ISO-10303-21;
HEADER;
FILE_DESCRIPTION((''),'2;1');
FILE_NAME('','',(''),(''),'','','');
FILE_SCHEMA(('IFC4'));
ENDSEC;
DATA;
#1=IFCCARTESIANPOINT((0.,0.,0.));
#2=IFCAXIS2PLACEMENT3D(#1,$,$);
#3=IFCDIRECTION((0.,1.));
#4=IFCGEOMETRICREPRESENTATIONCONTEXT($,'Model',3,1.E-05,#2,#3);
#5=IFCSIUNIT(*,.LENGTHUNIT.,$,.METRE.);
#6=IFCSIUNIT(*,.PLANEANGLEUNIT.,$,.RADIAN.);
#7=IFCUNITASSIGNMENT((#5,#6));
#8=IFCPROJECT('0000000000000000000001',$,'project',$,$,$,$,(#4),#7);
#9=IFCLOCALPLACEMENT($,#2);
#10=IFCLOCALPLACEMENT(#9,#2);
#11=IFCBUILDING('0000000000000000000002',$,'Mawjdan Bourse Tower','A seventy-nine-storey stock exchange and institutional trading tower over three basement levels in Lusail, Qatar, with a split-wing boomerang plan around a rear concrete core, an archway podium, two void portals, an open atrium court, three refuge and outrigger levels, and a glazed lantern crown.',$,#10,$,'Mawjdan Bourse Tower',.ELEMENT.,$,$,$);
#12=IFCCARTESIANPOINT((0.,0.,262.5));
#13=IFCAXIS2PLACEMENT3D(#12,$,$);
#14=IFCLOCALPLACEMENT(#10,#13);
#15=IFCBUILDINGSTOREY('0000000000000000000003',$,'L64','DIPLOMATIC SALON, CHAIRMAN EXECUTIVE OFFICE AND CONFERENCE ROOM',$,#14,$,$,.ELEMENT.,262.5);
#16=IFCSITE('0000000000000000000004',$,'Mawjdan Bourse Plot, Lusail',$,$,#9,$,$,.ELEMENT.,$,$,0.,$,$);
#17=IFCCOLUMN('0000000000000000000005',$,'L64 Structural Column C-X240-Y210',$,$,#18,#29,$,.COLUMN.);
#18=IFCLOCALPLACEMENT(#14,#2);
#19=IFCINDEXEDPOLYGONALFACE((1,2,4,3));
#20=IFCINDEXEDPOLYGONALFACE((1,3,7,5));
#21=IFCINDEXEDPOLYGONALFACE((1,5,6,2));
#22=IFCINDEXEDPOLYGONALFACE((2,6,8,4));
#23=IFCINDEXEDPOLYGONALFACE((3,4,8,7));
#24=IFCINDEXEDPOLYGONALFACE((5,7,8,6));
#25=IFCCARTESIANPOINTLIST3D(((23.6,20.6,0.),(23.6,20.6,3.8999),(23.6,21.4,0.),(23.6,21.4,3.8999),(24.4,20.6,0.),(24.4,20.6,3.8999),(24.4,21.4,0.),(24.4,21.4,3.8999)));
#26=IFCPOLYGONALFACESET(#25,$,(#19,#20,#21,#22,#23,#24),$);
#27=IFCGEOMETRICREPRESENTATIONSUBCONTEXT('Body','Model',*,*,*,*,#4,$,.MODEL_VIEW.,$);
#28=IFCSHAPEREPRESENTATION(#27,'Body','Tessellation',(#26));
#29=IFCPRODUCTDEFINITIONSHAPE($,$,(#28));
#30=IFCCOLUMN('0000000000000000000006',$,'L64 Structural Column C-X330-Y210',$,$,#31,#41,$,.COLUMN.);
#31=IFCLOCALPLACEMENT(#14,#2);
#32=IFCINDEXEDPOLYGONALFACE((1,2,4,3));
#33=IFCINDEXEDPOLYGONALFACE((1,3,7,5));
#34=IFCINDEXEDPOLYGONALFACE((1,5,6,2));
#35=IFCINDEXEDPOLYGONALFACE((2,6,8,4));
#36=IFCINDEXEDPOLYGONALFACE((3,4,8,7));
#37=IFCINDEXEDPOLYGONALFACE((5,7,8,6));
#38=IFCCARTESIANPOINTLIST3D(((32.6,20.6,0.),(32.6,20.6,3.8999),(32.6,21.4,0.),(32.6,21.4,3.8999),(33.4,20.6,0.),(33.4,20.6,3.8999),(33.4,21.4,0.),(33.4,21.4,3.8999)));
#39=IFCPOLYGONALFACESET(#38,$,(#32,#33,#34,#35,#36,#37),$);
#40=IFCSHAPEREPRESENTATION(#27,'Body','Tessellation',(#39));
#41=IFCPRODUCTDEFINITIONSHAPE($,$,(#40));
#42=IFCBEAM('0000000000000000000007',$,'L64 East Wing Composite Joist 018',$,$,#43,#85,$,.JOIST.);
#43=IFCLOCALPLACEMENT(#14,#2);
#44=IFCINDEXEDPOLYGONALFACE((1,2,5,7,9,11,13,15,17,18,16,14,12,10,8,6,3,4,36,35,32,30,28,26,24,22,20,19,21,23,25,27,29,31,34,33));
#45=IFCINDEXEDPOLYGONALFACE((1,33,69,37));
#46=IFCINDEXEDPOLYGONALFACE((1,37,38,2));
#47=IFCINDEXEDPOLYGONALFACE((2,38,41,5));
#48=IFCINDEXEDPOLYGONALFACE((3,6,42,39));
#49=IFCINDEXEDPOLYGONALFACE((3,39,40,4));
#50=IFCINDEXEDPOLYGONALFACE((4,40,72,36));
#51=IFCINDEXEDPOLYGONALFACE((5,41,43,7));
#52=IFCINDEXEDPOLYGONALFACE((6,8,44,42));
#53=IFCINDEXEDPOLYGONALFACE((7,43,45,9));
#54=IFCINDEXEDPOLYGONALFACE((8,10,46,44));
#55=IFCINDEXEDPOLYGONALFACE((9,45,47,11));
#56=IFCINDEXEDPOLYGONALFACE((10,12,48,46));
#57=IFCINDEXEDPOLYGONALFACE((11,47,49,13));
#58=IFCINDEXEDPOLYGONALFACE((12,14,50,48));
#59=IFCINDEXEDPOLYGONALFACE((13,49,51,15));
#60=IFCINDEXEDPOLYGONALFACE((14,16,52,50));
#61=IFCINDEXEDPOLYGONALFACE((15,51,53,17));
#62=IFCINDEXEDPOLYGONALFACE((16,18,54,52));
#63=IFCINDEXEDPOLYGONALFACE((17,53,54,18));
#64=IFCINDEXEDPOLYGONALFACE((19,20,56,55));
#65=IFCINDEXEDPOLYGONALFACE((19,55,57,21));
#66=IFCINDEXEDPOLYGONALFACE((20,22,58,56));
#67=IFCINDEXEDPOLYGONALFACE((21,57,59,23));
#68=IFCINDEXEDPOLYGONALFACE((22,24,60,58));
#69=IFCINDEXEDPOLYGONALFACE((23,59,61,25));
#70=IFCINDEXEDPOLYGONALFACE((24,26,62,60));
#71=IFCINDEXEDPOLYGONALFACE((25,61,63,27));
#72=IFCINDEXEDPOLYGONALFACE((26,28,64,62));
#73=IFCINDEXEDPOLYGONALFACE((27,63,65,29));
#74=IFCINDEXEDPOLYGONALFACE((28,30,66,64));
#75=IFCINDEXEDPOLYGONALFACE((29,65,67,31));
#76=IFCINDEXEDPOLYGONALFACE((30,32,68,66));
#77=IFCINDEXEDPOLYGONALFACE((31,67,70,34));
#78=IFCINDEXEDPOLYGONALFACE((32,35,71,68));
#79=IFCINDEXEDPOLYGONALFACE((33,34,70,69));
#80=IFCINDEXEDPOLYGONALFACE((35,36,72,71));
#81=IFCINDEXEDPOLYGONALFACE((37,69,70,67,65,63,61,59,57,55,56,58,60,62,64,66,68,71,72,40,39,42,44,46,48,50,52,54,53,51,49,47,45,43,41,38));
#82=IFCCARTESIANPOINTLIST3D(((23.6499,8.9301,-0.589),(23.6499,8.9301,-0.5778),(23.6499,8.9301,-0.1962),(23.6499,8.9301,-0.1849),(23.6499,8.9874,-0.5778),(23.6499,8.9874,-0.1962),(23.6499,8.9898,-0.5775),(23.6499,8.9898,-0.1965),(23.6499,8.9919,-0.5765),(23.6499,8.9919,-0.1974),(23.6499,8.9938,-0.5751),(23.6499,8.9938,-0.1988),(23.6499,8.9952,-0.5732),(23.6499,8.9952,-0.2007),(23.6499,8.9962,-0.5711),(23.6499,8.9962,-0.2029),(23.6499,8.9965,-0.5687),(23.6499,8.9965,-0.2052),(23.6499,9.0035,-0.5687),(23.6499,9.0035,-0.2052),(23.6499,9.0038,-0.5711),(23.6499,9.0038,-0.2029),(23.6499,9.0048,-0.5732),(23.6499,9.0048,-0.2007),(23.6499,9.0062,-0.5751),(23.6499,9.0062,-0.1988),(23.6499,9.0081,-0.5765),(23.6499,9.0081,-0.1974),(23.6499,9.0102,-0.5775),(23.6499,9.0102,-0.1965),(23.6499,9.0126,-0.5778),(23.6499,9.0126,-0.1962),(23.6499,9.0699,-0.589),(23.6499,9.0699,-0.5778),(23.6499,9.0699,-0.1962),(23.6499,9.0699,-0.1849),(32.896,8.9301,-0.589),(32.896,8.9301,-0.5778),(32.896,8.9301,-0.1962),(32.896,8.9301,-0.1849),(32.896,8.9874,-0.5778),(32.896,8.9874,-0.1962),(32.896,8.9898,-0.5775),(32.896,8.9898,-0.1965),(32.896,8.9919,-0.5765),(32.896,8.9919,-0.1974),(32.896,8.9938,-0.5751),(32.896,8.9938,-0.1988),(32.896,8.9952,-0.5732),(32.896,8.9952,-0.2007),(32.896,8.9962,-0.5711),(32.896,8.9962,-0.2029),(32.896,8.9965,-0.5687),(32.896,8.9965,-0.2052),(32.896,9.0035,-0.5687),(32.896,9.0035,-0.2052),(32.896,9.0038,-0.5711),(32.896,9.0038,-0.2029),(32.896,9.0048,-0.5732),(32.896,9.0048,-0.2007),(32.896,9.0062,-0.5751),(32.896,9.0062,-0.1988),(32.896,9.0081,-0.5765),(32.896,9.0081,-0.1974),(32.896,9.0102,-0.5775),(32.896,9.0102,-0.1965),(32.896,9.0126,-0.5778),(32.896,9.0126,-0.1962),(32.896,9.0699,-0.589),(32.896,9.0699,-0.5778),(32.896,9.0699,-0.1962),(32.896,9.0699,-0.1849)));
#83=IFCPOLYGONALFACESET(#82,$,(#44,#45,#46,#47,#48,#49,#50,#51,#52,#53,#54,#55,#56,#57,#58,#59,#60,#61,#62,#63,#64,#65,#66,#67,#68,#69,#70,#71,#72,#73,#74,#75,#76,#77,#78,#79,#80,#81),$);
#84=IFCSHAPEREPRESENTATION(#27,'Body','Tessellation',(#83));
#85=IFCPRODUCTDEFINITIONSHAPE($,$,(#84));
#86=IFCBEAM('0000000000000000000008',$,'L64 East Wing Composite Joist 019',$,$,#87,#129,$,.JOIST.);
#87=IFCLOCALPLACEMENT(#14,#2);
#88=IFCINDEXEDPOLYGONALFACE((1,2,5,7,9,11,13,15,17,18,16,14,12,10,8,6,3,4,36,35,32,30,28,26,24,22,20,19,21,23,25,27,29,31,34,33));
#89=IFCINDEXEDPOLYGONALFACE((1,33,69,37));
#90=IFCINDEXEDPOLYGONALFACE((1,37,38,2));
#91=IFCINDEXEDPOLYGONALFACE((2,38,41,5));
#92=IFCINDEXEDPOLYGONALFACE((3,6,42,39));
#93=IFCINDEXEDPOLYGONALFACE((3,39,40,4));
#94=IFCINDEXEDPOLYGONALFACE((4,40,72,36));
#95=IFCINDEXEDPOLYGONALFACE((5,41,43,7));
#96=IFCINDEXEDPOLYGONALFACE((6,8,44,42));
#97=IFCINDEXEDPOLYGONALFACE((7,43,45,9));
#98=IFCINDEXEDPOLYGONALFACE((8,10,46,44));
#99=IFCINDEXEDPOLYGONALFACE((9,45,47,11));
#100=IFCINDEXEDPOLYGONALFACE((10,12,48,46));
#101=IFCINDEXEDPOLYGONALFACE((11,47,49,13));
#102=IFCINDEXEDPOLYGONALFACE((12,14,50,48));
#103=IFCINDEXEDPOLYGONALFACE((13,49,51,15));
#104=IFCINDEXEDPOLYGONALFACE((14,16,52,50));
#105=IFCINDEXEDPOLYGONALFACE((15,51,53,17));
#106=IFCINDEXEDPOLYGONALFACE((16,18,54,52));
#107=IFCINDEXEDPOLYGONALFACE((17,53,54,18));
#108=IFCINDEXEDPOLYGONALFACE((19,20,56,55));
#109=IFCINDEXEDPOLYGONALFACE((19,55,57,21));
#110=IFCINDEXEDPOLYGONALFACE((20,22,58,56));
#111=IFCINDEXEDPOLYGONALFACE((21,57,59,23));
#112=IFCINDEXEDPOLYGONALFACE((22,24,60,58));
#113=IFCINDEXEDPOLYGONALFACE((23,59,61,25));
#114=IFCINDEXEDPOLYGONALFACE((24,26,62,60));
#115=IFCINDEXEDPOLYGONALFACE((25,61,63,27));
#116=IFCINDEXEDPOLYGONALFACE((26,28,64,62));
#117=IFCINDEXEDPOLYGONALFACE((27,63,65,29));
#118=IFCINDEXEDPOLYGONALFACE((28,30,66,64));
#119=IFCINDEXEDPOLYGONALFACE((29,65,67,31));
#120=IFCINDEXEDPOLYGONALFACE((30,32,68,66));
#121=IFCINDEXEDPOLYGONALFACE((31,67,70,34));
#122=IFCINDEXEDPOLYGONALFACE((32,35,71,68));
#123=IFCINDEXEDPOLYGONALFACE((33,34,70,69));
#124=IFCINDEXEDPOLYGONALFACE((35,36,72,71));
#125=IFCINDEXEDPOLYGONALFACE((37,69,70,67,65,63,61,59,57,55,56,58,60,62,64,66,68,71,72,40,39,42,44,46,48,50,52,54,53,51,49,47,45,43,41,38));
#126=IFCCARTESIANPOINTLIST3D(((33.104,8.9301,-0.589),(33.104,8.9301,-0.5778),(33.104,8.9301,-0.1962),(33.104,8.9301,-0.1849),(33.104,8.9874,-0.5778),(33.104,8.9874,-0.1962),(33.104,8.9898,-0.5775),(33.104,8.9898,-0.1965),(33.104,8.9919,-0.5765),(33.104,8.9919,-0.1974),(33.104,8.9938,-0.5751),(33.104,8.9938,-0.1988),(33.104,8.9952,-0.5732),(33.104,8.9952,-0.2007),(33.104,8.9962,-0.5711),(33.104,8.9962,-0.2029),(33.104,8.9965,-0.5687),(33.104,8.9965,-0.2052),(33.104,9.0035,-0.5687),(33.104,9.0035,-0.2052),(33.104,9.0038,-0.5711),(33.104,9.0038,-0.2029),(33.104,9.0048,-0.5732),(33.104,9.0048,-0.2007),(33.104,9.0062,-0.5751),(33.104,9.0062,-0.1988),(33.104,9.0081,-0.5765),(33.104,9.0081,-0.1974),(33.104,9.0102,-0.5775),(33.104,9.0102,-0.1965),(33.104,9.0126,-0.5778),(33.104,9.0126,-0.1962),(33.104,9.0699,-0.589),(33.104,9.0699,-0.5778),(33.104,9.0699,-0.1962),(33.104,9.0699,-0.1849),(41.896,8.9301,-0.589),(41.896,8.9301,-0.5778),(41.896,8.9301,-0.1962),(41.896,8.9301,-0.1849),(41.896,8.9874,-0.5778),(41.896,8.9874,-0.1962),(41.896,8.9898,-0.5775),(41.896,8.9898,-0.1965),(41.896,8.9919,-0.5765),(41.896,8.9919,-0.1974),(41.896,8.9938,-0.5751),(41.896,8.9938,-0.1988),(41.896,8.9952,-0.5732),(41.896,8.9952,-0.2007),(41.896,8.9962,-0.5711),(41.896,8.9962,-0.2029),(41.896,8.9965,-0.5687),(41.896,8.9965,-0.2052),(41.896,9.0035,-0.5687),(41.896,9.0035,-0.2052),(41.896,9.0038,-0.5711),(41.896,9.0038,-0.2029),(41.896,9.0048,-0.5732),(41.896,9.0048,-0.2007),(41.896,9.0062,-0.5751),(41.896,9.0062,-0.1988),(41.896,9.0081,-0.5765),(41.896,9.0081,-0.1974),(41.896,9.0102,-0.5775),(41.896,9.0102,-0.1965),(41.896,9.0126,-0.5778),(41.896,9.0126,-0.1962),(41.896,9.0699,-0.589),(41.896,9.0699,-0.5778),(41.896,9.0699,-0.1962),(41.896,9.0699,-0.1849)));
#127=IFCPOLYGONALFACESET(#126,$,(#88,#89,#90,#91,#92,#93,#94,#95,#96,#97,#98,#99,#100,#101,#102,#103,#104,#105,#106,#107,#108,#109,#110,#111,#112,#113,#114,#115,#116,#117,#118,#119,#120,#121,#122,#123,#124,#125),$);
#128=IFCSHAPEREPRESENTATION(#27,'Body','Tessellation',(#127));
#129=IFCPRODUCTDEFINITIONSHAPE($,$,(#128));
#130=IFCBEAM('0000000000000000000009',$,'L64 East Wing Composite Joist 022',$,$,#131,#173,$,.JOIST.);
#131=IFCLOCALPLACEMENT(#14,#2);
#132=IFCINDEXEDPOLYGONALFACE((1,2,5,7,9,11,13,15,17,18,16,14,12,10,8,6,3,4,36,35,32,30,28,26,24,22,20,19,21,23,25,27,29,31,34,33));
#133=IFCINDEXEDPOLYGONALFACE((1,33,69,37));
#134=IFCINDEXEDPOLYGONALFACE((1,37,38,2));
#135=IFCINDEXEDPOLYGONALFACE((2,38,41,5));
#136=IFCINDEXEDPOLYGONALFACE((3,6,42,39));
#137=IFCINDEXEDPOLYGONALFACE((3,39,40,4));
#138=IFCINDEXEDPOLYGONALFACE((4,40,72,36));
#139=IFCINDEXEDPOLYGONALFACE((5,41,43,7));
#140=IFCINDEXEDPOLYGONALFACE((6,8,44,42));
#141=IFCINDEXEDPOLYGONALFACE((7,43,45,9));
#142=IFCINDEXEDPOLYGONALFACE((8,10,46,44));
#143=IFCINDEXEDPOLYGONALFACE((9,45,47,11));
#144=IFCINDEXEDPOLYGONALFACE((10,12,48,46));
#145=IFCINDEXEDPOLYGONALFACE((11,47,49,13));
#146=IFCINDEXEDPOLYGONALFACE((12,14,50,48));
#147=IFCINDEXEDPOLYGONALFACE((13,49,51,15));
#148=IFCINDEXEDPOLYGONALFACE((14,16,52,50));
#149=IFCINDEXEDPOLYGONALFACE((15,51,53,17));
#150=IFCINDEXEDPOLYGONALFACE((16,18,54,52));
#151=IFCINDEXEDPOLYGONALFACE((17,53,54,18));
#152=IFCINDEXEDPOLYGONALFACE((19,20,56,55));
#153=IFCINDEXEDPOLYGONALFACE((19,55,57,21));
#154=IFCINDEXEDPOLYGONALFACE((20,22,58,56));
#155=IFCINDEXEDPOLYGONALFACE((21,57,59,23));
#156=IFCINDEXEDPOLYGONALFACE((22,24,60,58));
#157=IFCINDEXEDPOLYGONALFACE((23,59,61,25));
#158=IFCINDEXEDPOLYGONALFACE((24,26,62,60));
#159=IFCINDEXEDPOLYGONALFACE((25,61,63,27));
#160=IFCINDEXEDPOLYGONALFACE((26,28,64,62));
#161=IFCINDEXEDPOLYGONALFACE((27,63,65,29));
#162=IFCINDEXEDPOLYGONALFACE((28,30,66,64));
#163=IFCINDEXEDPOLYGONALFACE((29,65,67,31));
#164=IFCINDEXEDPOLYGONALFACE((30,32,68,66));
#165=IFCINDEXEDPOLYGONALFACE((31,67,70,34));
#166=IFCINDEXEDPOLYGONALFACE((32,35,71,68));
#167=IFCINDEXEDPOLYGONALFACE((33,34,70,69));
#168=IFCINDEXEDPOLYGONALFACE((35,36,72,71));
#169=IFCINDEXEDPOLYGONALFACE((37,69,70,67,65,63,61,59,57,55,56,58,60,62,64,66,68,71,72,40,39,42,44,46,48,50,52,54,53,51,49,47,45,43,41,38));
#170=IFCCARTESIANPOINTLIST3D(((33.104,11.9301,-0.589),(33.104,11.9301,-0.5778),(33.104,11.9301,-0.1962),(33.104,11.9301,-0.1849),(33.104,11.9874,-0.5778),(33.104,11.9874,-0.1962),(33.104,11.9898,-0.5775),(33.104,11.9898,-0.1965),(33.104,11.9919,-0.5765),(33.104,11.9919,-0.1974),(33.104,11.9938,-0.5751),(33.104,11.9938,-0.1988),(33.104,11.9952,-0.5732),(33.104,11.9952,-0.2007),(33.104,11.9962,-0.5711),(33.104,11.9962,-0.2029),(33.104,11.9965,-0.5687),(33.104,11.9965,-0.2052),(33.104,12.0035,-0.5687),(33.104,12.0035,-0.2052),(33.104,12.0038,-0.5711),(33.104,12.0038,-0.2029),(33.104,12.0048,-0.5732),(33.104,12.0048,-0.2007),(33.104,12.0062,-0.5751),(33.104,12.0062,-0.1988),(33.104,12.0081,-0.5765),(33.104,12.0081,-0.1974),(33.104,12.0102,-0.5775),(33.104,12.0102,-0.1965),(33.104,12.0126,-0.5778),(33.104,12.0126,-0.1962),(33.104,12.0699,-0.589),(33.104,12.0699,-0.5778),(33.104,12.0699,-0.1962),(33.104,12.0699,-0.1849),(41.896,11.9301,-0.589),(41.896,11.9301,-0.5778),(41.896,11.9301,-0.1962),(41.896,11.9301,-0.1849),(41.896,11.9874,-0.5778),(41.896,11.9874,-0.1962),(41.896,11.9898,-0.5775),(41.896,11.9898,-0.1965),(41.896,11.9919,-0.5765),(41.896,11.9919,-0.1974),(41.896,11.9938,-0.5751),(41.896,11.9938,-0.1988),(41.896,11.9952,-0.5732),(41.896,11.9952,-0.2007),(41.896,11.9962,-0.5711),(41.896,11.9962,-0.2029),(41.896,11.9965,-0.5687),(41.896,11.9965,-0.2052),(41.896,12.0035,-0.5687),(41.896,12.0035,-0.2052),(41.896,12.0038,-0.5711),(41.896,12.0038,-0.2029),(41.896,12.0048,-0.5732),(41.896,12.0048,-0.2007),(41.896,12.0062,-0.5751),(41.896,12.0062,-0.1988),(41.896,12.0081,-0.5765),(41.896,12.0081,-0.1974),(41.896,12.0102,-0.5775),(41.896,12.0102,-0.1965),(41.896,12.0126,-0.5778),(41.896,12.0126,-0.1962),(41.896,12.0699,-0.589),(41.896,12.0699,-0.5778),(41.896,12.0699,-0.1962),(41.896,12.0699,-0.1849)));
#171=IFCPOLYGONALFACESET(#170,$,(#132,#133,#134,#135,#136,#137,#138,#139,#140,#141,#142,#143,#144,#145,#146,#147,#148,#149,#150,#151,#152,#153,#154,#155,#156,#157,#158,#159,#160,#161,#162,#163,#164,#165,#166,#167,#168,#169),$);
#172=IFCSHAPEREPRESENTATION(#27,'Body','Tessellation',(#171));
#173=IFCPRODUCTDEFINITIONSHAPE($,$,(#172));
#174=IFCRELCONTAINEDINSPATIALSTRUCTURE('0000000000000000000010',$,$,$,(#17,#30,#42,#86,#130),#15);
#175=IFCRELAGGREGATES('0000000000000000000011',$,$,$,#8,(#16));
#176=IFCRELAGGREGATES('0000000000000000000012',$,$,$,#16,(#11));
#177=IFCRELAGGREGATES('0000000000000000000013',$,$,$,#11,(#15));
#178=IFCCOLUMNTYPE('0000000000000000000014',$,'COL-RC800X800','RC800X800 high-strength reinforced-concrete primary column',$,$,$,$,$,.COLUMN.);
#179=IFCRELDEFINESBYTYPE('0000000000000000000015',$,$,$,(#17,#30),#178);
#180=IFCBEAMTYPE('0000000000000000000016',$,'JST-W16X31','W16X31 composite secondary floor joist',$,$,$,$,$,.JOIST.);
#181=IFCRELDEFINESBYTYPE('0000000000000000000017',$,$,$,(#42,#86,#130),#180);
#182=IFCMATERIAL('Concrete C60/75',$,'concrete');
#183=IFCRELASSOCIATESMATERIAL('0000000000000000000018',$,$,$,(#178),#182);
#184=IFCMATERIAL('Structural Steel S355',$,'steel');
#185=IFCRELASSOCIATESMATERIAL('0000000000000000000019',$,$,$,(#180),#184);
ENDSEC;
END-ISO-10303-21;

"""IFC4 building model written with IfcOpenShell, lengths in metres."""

from ifc_helpers import new_model, si_unit, direction, frame, origin, origin_2d, place, context, subcontext, project, spatial, rectangle, i_section, extrude, material, material_profile, profile_set, type_object, element, save


model = new_model("IFC4")

# Units and contexts
model_context = context("Model", 3, precision=1e-05, world=origin(), true_north=direction((0.0, 1.0)))
body_context = subcontext(model_context, "Body", "Model", "MODEL_VIEW")
ifc_project = project(units=[si_unit("LENGTHUNIT", "METRE"), si_unit("PLANEANGLEUNIT", "RADIAN")], contexts=[model_context])

# Site, building, storey
site_placement = place(None, origin())
site = spatial("IfcSite", under=ifc_project, at=site_placement, Name="Mawjdan Bourse Plot, Lusail", CompositionType="ELEMENT", RefElevation=0.0)
building_placement = place(site_placement, origin())
building = spatial("IfcBuilding", under=site, at=building_placement, Name="Mawjdan Bourse Tower", Description="A seventy-nine-storey stock exchange and institutional trading tower over three basement levels in Lusail, Qatar, with a split-wing boomerang plan around a rear concrete core, an archway podium, two void portals, an open atrium court, three refuge and outrigger levels, and a glazed lantern crown.", LongName="Mawjdan Bourse Tower", CompositionType="ELEMENT")
storey_placement = place(building_placement, frame((0.0, 0.0, 262.5)))
storey = spatial("IfcBuildingStorey", under=building, at=storey_placement, Name="L64", Description="DIPLOMATIC SALON, CHAIRMAN EXECUTIVE OFFICE AND CONFERENCE ROOM", CompositionType="ELEMENT", Elevation=262.5)

# Columns
ifc_material_1 = material(Name="Concrete C60/75", Category="concrete")
ifc_material_profile_1 = material_profile(ifc_material_1, rectangle(XDim=0.8, YDim=0.8, at=origin_2d()), Name="RC800X800")
ifc_profile_set_1 = profile_set([ifc_material_profile_1], Name="Concrete C60/75")
column_type = type_object("IfcColumnType", Name="COL-RC800X800", Description="RC800X800 high-strength reinforced-concrete primary column", PredefinedType="COLUMN", material=ifc_profile_set_1)
for number, where, z_axis, x_axis, name in (
    (1, (24.0, 21.0, 0.0), (0.0, 0.0, 1.0), (1.0, 0.0, 0.0), "L64 Structural Column C-X240-Y210"),
    (2, (33.0, 21.0, 0.0), (0.0, 0.0, 1.0), (1.0, 0.0, 0.0), "L64 Structural Column C-X330-Y210"),
):
    element("IfcColumn", number, at=place(storey_placement, frame(where, z_axis=z_axis, x_axis=x_axis)), inside=storey, type_object=column_type, Name=name, PredefinedType="COLUMN", context=body_context, shape_type="SweptSolid", body=[
        extrude(rectangle(XDim=0.8, YDim=0.8, at=origin_2d()), origin(), (0.0, 0.0, 1.0), 3.8999),
    ])

# Beams
ifc_material_2 = material(Name="Structural Steel S355", Category="steel")
ifc_material_profile_2 = material_profile(ifc_material_2, i_section(OverallWidth=0.1399, OverallDepth=0.4041, WebThickness=0.0071, FlangeThickness=0.0112, FilletRadius=0.009, at=origin_2d()), Name="W16X31")
ifc_profile_set_2 = profile_set([ifc_material_profile_2], Name="Structural Steel S355")
beam_type_1 = type_object("IfcBeamType", Name="JST-W16X31", Description="W16X31 composite secondary floor joist", PredefinedType="JOIST", material=ifc_profile_set_2)
beam_1_placement = place(storey_placement, frame((23.6499, 9.0, -0.387), z_axis=(1.0, 0.0, 0.0), x_axis=(0.0, 1.0, 0.0)))
element("IfcBeam", 3, at=beam_1_placement, inside=storey, type_object=beam_type_1, Name="L64 East Wing Composite Joist 018", PredefinedType="JOIST", context=body_context, shape_type="SweptSolid", body=[
    extrude(i_section(OverallWidth=0.1399, OverallDepth=0.4041, WebThickness=0.0071, FlangeThickness=0.0112, FilletRadius=0.009, at=origin_2d()), origin(), (0.0, 0.0, 1.0), 9.2461),
])
for number, where, z_axis, x_axis, name in (
    (4, (33.104, 9.0, -0.387), (1.0, 0.0, 0.0), (0.0, 1.0, 0.0), "L64 East Wing Composite Joist 019"),
    (5, (33.104, 12.0, -0.387), (1.0, 0.0, 0.0), (0.0, 1.0, 0.0), "L64 East Wing Composite Joist 022"),
):
    element("IfcBeam", number, at=place(storey_placement, frame(where, z_axis=z_axis, x_axis=x_axis)), inside=storey, type_object=beam_type_1, Name=name, PredefinedType="JOIST", context=body_context, shape_type="SweptSolid", body=[
        extrude(i_section(OverallWidth=0.1399, OverallDepth=0.4041, WebThickness=0.0071, FlangeThickness=0.0112, FilletRadius=0.009, at=origin_2d()), origin(), (0.0, 0.0, 1.0), 8.792),
    ])

save(model, "model.ifc")
